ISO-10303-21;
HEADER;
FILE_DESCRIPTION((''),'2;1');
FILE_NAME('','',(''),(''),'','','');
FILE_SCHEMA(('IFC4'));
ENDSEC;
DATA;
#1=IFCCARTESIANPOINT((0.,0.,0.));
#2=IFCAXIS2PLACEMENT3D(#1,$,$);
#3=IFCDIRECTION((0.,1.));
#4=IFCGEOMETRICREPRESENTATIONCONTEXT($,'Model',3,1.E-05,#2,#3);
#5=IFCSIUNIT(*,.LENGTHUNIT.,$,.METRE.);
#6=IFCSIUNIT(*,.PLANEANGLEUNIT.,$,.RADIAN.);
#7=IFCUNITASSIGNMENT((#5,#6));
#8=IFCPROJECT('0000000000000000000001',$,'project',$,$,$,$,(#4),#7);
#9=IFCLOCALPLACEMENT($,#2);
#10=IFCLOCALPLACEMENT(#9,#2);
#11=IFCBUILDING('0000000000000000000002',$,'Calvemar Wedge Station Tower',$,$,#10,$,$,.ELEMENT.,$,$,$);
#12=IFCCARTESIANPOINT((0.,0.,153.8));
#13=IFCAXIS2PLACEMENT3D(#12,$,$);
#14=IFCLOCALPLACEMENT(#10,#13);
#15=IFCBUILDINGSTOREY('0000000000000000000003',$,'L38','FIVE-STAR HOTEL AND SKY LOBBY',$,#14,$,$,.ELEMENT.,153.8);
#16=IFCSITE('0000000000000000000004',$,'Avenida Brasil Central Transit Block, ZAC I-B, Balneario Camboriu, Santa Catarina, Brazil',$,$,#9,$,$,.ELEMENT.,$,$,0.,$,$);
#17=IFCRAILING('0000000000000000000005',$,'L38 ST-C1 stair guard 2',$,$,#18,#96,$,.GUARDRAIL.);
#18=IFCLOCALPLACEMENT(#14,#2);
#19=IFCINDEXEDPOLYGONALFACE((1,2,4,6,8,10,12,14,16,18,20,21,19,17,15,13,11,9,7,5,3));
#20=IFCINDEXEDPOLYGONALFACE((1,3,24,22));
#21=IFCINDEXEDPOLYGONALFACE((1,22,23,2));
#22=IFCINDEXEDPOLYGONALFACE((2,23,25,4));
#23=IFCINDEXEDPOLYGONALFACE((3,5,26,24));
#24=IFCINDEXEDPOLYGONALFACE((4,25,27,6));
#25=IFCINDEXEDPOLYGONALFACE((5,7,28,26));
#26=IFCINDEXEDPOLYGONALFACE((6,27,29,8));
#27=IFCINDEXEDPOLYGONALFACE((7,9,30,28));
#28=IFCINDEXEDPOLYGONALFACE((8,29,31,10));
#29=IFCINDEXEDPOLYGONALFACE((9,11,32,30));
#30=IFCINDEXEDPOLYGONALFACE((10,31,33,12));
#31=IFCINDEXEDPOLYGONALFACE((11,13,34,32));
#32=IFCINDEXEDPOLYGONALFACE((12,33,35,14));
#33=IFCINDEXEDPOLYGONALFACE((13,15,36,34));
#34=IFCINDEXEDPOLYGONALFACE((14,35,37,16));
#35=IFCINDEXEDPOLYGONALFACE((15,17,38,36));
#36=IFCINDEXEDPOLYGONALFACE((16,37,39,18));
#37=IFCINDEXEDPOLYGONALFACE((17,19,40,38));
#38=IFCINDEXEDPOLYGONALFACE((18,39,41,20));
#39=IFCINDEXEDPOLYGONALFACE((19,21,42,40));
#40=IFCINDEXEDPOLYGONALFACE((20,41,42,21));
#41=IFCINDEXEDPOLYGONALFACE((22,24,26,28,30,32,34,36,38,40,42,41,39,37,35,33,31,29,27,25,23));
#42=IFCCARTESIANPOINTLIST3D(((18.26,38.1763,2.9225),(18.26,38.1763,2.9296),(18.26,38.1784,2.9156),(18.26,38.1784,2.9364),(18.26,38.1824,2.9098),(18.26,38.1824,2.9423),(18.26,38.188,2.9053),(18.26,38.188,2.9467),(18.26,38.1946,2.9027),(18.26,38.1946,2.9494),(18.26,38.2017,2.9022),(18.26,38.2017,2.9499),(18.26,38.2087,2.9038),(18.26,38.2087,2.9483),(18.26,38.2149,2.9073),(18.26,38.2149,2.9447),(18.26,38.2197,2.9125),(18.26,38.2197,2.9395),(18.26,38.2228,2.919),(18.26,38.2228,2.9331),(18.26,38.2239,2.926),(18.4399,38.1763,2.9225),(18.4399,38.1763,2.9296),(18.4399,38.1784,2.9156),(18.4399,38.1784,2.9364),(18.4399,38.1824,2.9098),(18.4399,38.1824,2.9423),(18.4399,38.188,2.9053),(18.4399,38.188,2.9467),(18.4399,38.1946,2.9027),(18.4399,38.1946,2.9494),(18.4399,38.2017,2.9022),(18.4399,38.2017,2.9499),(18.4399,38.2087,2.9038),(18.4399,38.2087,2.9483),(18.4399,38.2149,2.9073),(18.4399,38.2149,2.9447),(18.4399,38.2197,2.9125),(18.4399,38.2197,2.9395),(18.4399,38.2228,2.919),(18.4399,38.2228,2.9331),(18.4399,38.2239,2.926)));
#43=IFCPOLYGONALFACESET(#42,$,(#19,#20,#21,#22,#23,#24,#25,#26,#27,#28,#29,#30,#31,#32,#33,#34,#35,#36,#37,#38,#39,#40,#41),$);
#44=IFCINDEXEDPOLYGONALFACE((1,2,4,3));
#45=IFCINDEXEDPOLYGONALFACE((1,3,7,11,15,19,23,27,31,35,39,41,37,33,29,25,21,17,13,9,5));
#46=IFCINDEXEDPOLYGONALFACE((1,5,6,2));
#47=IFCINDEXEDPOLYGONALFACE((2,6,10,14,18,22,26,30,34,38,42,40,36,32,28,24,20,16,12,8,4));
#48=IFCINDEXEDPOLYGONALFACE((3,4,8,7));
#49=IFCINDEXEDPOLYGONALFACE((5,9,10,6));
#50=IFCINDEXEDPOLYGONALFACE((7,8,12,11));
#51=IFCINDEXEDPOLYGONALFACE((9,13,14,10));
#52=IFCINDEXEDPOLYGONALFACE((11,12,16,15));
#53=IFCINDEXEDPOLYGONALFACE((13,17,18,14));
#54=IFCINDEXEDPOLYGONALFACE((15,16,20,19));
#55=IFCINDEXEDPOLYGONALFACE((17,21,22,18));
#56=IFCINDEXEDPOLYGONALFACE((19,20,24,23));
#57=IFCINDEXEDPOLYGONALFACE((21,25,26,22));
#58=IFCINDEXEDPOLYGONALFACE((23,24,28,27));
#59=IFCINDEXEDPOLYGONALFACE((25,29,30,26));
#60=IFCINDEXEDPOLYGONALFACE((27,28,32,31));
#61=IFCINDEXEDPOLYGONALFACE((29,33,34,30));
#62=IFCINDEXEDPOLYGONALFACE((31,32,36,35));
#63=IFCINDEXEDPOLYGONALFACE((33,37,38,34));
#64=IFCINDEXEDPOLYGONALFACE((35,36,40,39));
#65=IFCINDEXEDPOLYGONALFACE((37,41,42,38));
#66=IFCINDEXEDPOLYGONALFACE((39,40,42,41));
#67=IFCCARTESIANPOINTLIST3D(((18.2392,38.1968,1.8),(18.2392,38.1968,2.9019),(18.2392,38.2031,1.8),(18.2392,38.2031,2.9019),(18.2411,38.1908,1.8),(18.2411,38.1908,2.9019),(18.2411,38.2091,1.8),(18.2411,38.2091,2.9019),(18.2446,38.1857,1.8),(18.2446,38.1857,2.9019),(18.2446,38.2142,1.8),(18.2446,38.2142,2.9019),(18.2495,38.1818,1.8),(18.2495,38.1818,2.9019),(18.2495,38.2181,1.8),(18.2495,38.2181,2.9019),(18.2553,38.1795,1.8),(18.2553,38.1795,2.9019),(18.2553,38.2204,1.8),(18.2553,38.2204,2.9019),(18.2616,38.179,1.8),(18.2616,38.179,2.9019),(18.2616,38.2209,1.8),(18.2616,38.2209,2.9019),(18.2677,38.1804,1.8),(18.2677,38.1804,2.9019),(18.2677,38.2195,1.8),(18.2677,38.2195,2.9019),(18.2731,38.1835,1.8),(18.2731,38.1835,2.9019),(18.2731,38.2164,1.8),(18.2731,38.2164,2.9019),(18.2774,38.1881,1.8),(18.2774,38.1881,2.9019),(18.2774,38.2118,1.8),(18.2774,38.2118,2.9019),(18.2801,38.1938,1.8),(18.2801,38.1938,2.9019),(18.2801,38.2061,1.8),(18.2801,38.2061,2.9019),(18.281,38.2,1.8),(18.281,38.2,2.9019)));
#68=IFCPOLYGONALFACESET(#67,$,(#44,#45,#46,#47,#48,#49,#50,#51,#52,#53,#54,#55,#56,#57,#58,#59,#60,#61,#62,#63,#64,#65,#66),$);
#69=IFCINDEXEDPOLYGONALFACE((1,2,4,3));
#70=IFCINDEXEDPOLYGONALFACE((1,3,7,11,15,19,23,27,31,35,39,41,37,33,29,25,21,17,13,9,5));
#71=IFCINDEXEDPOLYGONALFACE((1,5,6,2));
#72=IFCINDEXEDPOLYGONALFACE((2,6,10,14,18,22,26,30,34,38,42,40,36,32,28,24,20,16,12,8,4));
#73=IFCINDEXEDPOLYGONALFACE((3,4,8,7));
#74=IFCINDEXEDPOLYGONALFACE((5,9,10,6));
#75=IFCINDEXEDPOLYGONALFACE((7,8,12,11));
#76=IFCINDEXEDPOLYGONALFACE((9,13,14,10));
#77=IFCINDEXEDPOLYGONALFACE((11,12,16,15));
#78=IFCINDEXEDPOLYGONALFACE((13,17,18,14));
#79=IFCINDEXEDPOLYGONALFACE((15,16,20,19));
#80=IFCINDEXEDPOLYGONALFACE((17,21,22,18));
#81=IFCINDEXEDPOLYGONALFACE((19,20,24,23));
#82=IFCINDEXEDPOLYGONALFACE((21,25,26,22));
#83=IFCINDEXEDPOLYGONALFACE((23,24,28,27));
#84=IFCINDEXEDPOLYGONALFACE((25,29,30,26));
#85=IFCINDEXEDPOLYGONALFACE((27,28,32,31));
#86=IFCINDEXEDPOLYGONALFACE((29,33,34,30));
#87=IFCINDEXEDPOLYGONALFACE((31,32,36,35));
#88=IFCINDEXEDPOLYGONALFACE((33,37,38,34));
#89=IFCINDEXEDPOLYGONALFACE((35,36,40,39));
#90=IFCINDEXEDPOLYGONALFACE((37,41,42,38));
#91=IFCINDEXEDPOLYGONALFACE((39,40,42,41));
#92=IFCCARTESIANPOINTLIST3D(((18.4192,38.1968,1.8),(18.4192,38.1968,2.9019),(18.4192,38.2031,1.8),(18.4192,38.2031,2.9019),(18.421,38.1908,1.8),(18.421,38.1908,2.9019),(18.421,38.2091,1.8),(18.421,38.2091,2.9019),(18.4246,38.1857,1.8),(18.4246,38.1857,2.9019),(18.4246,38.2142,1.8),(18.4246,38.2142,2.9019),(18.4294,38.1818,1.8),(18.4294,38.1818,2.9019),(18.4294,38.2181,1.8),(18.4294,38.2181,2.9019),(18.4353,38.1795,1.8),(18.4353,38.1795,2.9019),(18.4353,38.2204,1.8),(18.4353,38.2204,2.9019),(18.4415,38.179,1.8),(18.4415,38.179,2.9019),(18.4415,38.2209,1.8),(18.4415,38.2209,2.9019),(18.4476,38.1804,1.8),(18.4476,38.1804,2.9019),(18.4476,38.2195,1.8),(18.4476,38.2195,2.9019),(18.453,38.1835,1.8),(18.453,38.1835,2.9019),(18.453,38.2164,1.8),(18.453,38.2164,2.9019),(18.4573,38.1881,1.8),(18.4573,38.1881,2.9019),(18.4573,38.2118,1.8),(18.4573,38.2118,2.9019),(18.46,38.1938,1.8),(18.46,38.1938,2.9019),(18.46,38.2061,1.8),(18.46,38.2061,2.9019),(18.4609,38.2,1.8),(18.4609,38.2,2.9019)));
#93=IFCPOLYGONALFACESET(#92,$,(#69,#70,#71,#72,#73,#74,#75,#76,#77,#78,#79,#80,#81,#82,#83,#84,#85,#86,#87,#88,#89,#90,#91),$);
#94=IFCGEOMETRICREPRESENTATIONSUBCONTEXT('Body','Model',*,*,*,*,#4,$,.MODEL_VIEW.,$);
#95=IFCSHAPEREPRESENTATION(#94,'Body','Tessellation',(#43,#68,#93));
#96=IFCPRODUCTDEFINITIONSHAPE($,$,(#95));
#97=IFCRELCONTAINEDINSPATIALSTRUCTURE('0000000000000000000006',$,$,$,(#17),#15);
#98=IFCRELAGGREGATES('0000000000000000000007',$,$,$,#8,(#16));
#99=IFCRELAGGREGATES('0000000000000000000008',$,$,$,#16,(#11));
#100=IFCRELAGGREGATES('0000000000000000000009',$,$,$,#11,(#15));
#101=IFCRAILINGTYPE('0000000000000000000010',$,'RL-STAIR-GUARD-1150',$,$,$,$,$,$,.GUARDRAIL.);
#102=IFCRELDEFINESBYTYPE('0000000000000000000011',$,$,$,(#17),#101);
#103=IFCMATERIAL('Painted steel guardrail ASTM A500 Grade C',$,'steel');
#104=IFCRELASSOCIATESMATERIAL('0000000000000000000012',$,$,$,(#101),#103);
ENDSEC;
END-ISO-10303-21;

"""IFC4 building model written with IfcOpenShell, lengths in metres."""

from ifc_helpers import new_model, si_unit, direction, frame, origin, origin_2d, place, context, subcontext, project, spatial, circle, extrude, material, type_object, element, save


model = new_model("IFC4")

# Units and contexts
model_context = context("Model", 3, precision=1e-05, world=origin(), true_north=direction((0.0, 1.0)))
body_context = subcontext(model_context, "Body", "Model", "MODEL_VIEW")
ifc_project = project(units=[si_unit("LENGTHUNIT", "METRE"), si_unit("PLANEANGLEUNIT", "RADIAN")], contexts=[model_context])

# Site, building, storey
site_placement = place(None, origin())
site = spatial("IfcSite", under=ifc_project, at=site_placement, Name="Avenida Brasil Central Transit Block, ZAC I-B, Balneario Camboriu, Santa Catarina, Brazil", CompositionType="ELEMENT", RefElevation=0.0)
building_placement = place(site_placement, origin())
building = spatial("IfcBuilding", under=site, at=building_placement, Name="Calvemar Wedge Station Tower", CompositionType="ELEMENT")
storey_placement = place(building_placement, frame((0.0, 0.0, 153.8)))
storey = spatial("IfcBuildingStorey", under=building, at=storey_placement, Name="L38", Description="FIVE-STAR HOTEL AND SKY LOBBY", CompositionType="ELEMENT", Elevation=153.8)

# Railing
ifc_material_1 = material(Name="Painted steel guardrail ASTM A500 Grade C", Category="steel")
railing_type_1 = type_object("IfcRailingType", Name="RL-STAIR-GUARD-1150", PredefinedType="GUARDRAIL", material=ifc_material_1)
railing_1_placement = place(storey_placement, frame((18.26, 38.2, 1.8)))
element("IfcRailing", 1, at=railing_1_placement, inside=storey, type_object=railing_type_1, Name="L38 ST-C1 stair guard 2", PredefinedType="GUARDRAIL", context=body_context, shape_type="SweptSolid", body=[
    extrude(circle(Radius=0.0239, at=origin_2d()), frame((0.0, 0.0, 1.126), z_axis=(1.0, 0.0, 0.0), x_axis=(0.0, 1.0, 0.0)), (0.0, 0.0, 1.0), 0.1799),
    extrude(circle(Radius=0.021, at=origin_2d()), origin(), (0.0, 0.0, 1.0), 1.1018),
    extrude(circle(Radius=0.021, at=origin_2d()), frame((0.1799, 0.0, 0.0)), (0.0, 0.0, 1.0), 1.1018),
])

save(model, "model.ifc")
